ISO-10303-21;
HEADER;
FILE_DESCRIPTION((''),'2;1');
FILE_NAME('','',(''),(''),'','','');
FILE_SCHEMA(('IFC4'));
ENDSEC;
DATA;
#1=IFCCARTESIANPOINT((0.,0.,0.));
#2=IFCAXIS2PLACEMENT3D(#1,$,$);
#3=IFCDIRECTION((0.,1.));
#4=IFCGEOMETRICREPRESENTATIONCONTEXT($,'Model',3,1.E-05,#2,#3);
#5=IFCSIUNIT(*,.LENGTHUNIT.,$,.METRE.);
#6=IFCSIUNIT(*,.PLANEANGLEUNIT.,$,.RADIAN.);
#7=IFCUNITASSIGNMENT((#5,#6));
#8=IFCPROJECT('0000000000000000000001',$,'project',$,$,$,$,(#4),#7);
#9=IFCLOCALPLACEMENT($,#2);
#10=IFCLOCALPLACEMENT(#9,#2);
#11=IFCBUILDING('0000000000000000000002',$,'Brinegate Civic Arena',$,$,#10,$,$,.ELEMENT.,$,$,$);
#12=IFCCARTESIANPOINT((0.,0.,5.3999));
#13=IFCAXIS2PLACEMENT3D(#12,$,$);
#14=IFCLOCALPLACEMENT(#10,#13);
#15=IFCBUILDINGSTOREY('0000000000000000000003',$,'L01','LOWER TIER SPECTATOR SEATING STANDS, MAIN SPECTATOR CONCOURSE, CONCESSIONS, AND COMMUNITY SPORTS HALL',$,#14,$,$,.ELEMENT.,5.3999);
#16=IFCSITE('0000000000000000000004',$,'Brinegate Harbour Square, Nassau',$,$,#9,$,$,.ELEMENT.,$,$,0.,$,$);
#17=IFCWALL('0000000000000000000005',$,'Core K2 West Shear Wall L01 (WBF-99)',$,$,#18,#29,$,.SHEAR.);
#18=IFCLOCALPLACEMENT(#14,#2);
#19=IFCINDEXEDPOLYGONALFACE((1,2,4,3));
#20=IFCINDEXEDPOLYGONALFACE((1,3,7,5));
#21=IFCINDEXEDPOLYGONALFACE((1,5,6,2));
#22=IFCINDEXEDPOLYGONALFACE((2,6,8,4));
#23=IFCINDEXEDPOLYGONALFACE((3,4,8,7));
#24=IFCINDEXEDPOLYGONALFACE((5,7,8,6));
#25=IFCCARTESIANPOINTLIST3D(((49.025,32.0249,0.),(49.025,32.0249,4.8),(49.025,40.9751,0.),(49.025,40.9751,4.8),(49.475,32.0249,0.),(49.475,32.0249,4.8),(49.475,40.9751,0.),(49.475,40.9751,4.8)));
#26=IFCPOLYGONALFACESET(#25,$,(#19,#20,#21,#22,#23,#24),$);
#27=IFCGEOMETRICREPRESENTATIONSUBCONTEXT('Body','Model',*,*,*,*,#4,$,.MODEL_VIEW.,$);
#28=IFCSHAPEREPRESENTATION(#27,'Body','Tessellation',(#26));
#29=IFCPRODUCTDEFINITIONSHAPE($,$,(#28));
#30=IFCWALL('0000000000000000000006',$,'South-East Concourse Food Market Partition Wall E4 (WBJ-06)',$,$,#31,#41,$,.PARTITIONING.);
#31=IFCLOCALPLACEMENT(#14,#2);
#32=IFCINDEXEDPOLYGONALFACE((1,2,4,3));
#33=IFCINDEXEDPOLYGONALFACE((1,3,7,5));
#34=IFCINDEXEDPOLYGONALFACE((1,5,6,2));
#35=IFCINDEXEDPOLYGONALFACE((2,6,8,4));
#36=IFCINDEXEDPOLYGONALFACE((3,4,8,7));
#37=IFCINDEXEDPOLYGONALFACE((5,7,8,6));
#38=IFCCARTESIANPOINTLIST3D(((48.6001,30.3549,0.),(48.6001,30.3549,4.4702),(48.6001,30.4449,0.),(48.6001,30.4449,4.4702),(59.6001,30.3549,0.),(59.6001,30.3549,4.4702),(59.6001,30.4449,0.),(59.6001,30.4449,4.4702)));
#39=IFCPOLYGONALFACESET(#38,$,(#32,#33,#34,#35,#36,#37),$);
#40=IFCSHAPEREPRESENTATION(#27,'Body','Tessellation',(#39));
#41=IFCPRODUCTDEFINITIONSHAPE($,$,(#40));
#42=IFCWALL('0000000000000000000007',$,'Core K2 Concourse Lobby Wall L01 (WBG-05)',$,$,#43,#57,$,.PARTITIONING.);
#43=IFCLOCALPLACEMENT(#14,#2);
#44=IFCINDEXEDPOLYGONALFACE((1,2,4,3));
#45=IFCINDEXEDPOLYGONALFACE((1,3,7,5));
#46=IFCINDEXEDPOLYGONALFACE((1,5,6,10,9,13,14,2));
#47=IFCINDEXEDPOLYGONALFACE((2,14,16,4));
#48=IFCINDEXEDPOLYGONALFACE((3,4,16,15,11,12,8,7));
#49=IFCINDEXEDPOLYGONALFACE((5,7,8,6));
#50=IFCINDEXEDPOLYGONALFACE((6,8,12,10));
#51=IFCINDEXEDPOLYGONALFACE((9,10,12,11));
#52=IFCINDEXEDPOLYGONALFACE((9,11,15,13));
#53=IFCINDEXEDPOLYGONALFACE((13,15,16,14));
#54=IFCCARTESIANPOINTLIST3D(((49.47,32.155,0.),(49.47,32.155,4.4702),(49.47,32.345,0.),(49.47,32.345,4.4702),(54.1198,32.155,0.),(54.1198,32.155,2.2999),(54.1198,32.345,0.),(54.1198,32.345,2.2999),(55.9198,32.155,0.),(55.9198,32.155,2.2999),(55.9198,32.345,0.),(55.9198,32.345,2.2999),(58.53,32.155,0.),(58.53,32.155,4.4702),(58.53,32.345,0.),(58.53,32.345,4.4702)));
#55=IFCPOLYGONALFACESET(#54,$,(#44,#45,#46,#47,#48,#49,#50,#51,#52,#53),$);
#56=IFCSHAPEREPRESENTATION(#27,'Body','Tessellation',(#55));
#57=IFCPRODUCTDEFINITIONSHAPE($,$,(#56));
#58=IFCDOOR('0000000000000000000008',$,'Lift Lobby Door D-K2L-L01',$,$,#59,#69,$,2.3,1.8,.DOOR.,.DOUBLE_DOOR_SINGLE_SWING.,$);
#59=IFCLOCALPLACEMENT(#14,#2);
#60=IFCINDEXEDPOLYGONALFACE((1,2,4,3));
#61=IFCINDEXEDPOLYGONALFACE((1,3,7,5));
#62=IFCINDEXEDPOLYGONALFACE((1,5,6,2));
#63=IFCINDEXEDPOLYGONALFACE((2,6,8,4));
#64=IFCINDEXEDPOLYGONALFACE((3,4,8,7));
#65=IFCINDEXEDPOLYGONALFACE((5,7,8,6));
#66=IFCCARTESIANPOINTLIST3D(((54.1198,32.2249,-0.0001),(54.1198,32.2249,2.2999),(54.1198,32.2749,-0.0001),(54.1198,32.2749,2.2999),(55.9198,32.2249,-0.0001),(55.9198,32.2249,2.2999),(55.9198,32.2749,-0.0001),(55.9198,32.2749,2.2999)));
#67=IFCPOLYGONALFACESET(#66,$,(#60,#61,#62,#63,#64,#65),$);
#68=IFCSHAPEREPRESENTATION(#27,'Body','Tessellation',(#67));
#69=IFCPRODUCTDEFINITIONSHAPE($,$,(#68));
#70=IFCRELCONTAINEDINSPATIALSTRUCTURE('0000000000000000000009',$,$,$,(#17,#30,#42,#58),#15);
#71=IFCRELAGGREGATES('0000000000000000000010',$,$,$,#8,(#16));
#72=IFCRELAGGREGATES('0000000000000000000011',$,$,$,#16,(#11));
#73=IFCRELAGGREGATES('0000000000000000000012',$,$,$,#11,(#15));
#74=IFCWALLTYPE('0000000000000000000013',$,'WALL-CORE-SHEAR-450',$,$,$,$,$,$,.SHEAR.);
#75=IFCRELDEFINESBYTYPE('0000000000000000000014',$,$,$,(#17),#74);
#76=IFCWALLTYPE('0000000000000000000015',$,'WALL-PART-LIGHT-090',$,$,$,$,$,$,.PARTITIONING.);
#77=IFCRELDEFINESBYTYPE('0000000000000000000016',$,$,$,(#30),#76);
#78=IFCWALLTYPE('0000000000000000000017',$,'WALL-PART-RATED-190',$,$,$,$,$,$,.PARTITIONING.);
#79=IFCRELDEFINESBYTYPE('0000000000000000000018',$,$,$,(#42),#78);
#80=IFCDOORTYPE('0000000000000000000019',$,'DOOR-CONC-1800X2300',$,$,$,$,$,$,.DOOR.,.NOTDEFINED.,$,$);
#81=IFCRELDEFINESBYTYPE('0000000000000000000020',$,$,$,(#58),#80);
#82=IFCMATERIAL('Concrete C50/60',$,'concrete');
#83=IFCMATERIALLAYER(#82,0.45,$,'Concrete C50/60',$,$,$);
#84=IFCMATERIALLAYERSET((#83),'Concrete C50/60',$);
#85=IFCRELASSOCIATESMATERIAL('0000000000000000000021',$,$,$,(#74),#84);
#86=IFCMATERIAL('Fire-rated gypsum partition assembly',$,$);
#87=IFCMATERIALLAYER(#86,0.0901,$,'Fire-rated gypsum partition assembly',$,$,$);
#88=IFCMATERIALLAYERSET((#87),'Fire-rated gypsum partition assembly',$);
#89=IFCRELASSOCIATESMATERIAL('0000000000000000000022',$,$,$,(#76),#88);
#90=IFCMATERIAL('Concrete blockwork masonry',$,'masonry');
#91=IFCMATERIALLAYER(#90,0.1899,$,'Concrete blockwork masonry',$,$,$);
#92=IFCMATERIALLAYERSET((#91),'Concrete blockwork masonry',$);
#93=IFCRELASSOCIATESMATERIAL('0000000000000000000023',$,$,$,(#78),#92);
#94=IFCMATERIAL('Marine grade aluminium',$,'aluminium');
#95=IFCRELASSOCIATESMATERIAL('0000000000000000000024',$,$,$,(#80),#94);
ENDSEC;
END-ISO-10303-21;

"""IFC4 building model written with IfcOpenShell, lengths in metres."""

from ifc_helpers import new_model, si_unit, direction, frame, frame_2d, origin, place, context, subcontext, project, spatial, rectangle, extrude, material, layer, layer_set, type_object, element, fill, save


model = new_model("IFC4")

# Units and contexts
model_context = context("Model", 3, precision=1e-05, world=origin(), true_north=direction((0.0, 1.0)))
body_context = subcontext(model_context, "Body", "Model", "MODEL_VIEW")
ifc_project = project(units=[si_unit("LENGTHUNIT", "METRE"), si_unit("PLANEANGLEUNIT", "RADIAN")], contexts=[model_context])

# Site, building, storey
site_placement = place(None, origin())
site = spatial("IfcSite", under=ifc_project, at=site_placement, Name="Brinegate Harbour Square, Nassau", CompositionType="ELEMENT", RefElevation=0.0)
building_placement = place(site_placement, origin())
building = spatial("IfcBuilding", under=site, at=building_placement, Name="Brinegate Civic Arena", CompositionType="ELEMENT")
storey_placement = place(building_placement, frame((0.0, 0.0, 5.3999)))
storey = spatial("IfcBuildingStorey", under=building, at=storey_placement, Name="L01", Description="LOWER TIER SPECTATOR SEATING STANDS, MAIN SPECTATOR CONCOURSE, CONCESSIONS, AND COMMUNITY SPORTS HALL", CompositionType="ELEMENT", Elevation=5.3999)

# Shared definitions
ifc_material_1 = material(Name="Concrete C50/60", Category="concrete")

# Shared definitions
ifc_material_2 = material(Name="Marine grade aluminium", Category="aluminium")

# Walls
ifc_layer_1 = layer(ifc_material_1, 0.45, Name="Concrete C50/60")
ifc_layer_set_1 = layer_set([ifc_layer_1], Name="Concrete C50/60")
wall_type_1 = type_object("IfcWallType", Name="WALL-CORE-SHEAR-450", PredefinedType="SHEAR", material=ifc_layer_set_1)
wall_1_placement = place(storey_placement, frame((49.25, 32.0249, 0.0), z_axis=(0.0, 0.0, 1.0), x_axis=(0.0, 1.0, 0.0)))
element("IfcWall", 1, at=wall_1_placement, inside=storey, type_object=wall_type_1, Name="Core K2 West Shear Wall L01 (WBF-99)", PredefinedType="SHEAR", context=body_context, shape_type="SweptSolid", body=[
    extrude(rectangle(XDim=8.9502, YDim=0.45, at=frame_2d((4.4751, 0.0))), origin(), (0.0, 0.0, 1.0), 4.8),
])
ifc_material_3 = material(Name="Fire-rated gypsum partition assembly")
ifc_layer_2 = layer(ifc_material_3, 0.0901, Name="Fire-rated gypsum partition assembly")
ifc_layer_set_2 = layer_set([ifc_layer_2], Name="Fire-rated gypsum partition assembly")
wall_type_2 = type_object("IfcWallType", Name="WALL-PART-LIGHT-090", PredefinedType="PARTITIONING", material=ifc_layer_set_2)
wall_2_placement = place(storey_placement, frame((48.6001, 30.3999, 0.0), z_axis=(0.0, 0.0, 1.0), x_axis=(1.0, 0.0, 0.0)))
element("IfcWall", 2, at=wall_2_placement, inside=storey, type_object=wall_type_2, Name="South-East Concourse Food Market Partition Wall E4 (WBJ-06)", PredefinedType="PARTITIONING", context=body_context, shape_type="SweptSolid", body=[
    extrude(rectangle(XDim=11.0, YDim=0.0901, at=frame_2d((5.5, 0.0))), origin(), (0.0, 0.0, 1.0), 4.4702),
])

# Wall, opening, door
ifc_material_4 = material(Name="Concrete blockwork masonry", Category="masonry")
ifc_layer_3 = layer(ifc_material_4, 0.1899, Name="Concrete blockwork masonry")
ifc_layer_set_3 = layer_set([ifc_layer_3], Name="Concrete blockwork masonry")
wall_type_3 = type_object("IfcWallType", Name="WALL-PART-RATED-190", PredefinedType="PARTITIONING", material=ifc_layer_set_3)
wall_3_placement = place(storey_placement, frame((49.47, 32.25, 0.0), z_axis=(0.0, 0.0, 1.0), x_axis=(1.0, 0.0, 0.0)))
wall_3 = element("IfcWall", 3, at=wall_3_placement, inside=storey, type_object=wall_type_3, Name="Core K2 Concourse Lobby Wall L01 (WBG-05)", PredefinedType="PARTITIONING", context=body_context, shape_type="SweptSolid", body=[
    extrude(rectangle(XDim=9.0601, YDim=0.1899, at=frame_2d((4.53, 0.0))), origin(), (0.0, 0.0, 1.0), 4.4702),
])
opening_placement = place(wall_3_placement, frame((4.6499, 0.0, 0.0)))
opening = element("IfcOpeningElement", 4, at=opening_placement, cuts=wall_3, PredefinedType="OPENING", context=body_context, shape_type="SweptSolid", body=[
    extrude(rectangle(XDim=1.8, YDim=2.3, at=frame_2d((0.8999, 1.1499))), frame((0.0, 0.105, 0.0), z_axis=(0.0, -1.0, 0.0), x_axis=(1.0, 0.0, 0.0)), (0.0, 0.0, 1.0), 0.21),
])
door_type = type_object("IfcDoorType", Name="DOOR-CONC-1800X2300", OperationType="NOTDEFINED", PredefinedType="DOOR", material=ifc_material_2)
door_placement = place(opening_placement, origin())
door = element("IfcDoor", 5, at=door_placement, inside=storey, type_object=door_type, Name="Lift Lobby Door D-K2L-L01", OperationType="DOUBLE_DOOR_SINGLE_SWING", OverallHeight=2.3, OverallWidth=1.8, PredefinedType="DOOR", context=body_context, shape_type="SweptSolid", body=[
    extrude(rectangle(XDim=1.8, YDim=2.3, at=frame_2d((0.8999, 1.1499))), frame((0.0, 0.0249, 0.0), z_axis=(0.0, -1.0, 0.0), x_axis=(1.0, 0.0, 0.0)), (0.0, 0.0, 1.0), 0.05),
])
fill(opening, door)

save(model, "model.ifc")
